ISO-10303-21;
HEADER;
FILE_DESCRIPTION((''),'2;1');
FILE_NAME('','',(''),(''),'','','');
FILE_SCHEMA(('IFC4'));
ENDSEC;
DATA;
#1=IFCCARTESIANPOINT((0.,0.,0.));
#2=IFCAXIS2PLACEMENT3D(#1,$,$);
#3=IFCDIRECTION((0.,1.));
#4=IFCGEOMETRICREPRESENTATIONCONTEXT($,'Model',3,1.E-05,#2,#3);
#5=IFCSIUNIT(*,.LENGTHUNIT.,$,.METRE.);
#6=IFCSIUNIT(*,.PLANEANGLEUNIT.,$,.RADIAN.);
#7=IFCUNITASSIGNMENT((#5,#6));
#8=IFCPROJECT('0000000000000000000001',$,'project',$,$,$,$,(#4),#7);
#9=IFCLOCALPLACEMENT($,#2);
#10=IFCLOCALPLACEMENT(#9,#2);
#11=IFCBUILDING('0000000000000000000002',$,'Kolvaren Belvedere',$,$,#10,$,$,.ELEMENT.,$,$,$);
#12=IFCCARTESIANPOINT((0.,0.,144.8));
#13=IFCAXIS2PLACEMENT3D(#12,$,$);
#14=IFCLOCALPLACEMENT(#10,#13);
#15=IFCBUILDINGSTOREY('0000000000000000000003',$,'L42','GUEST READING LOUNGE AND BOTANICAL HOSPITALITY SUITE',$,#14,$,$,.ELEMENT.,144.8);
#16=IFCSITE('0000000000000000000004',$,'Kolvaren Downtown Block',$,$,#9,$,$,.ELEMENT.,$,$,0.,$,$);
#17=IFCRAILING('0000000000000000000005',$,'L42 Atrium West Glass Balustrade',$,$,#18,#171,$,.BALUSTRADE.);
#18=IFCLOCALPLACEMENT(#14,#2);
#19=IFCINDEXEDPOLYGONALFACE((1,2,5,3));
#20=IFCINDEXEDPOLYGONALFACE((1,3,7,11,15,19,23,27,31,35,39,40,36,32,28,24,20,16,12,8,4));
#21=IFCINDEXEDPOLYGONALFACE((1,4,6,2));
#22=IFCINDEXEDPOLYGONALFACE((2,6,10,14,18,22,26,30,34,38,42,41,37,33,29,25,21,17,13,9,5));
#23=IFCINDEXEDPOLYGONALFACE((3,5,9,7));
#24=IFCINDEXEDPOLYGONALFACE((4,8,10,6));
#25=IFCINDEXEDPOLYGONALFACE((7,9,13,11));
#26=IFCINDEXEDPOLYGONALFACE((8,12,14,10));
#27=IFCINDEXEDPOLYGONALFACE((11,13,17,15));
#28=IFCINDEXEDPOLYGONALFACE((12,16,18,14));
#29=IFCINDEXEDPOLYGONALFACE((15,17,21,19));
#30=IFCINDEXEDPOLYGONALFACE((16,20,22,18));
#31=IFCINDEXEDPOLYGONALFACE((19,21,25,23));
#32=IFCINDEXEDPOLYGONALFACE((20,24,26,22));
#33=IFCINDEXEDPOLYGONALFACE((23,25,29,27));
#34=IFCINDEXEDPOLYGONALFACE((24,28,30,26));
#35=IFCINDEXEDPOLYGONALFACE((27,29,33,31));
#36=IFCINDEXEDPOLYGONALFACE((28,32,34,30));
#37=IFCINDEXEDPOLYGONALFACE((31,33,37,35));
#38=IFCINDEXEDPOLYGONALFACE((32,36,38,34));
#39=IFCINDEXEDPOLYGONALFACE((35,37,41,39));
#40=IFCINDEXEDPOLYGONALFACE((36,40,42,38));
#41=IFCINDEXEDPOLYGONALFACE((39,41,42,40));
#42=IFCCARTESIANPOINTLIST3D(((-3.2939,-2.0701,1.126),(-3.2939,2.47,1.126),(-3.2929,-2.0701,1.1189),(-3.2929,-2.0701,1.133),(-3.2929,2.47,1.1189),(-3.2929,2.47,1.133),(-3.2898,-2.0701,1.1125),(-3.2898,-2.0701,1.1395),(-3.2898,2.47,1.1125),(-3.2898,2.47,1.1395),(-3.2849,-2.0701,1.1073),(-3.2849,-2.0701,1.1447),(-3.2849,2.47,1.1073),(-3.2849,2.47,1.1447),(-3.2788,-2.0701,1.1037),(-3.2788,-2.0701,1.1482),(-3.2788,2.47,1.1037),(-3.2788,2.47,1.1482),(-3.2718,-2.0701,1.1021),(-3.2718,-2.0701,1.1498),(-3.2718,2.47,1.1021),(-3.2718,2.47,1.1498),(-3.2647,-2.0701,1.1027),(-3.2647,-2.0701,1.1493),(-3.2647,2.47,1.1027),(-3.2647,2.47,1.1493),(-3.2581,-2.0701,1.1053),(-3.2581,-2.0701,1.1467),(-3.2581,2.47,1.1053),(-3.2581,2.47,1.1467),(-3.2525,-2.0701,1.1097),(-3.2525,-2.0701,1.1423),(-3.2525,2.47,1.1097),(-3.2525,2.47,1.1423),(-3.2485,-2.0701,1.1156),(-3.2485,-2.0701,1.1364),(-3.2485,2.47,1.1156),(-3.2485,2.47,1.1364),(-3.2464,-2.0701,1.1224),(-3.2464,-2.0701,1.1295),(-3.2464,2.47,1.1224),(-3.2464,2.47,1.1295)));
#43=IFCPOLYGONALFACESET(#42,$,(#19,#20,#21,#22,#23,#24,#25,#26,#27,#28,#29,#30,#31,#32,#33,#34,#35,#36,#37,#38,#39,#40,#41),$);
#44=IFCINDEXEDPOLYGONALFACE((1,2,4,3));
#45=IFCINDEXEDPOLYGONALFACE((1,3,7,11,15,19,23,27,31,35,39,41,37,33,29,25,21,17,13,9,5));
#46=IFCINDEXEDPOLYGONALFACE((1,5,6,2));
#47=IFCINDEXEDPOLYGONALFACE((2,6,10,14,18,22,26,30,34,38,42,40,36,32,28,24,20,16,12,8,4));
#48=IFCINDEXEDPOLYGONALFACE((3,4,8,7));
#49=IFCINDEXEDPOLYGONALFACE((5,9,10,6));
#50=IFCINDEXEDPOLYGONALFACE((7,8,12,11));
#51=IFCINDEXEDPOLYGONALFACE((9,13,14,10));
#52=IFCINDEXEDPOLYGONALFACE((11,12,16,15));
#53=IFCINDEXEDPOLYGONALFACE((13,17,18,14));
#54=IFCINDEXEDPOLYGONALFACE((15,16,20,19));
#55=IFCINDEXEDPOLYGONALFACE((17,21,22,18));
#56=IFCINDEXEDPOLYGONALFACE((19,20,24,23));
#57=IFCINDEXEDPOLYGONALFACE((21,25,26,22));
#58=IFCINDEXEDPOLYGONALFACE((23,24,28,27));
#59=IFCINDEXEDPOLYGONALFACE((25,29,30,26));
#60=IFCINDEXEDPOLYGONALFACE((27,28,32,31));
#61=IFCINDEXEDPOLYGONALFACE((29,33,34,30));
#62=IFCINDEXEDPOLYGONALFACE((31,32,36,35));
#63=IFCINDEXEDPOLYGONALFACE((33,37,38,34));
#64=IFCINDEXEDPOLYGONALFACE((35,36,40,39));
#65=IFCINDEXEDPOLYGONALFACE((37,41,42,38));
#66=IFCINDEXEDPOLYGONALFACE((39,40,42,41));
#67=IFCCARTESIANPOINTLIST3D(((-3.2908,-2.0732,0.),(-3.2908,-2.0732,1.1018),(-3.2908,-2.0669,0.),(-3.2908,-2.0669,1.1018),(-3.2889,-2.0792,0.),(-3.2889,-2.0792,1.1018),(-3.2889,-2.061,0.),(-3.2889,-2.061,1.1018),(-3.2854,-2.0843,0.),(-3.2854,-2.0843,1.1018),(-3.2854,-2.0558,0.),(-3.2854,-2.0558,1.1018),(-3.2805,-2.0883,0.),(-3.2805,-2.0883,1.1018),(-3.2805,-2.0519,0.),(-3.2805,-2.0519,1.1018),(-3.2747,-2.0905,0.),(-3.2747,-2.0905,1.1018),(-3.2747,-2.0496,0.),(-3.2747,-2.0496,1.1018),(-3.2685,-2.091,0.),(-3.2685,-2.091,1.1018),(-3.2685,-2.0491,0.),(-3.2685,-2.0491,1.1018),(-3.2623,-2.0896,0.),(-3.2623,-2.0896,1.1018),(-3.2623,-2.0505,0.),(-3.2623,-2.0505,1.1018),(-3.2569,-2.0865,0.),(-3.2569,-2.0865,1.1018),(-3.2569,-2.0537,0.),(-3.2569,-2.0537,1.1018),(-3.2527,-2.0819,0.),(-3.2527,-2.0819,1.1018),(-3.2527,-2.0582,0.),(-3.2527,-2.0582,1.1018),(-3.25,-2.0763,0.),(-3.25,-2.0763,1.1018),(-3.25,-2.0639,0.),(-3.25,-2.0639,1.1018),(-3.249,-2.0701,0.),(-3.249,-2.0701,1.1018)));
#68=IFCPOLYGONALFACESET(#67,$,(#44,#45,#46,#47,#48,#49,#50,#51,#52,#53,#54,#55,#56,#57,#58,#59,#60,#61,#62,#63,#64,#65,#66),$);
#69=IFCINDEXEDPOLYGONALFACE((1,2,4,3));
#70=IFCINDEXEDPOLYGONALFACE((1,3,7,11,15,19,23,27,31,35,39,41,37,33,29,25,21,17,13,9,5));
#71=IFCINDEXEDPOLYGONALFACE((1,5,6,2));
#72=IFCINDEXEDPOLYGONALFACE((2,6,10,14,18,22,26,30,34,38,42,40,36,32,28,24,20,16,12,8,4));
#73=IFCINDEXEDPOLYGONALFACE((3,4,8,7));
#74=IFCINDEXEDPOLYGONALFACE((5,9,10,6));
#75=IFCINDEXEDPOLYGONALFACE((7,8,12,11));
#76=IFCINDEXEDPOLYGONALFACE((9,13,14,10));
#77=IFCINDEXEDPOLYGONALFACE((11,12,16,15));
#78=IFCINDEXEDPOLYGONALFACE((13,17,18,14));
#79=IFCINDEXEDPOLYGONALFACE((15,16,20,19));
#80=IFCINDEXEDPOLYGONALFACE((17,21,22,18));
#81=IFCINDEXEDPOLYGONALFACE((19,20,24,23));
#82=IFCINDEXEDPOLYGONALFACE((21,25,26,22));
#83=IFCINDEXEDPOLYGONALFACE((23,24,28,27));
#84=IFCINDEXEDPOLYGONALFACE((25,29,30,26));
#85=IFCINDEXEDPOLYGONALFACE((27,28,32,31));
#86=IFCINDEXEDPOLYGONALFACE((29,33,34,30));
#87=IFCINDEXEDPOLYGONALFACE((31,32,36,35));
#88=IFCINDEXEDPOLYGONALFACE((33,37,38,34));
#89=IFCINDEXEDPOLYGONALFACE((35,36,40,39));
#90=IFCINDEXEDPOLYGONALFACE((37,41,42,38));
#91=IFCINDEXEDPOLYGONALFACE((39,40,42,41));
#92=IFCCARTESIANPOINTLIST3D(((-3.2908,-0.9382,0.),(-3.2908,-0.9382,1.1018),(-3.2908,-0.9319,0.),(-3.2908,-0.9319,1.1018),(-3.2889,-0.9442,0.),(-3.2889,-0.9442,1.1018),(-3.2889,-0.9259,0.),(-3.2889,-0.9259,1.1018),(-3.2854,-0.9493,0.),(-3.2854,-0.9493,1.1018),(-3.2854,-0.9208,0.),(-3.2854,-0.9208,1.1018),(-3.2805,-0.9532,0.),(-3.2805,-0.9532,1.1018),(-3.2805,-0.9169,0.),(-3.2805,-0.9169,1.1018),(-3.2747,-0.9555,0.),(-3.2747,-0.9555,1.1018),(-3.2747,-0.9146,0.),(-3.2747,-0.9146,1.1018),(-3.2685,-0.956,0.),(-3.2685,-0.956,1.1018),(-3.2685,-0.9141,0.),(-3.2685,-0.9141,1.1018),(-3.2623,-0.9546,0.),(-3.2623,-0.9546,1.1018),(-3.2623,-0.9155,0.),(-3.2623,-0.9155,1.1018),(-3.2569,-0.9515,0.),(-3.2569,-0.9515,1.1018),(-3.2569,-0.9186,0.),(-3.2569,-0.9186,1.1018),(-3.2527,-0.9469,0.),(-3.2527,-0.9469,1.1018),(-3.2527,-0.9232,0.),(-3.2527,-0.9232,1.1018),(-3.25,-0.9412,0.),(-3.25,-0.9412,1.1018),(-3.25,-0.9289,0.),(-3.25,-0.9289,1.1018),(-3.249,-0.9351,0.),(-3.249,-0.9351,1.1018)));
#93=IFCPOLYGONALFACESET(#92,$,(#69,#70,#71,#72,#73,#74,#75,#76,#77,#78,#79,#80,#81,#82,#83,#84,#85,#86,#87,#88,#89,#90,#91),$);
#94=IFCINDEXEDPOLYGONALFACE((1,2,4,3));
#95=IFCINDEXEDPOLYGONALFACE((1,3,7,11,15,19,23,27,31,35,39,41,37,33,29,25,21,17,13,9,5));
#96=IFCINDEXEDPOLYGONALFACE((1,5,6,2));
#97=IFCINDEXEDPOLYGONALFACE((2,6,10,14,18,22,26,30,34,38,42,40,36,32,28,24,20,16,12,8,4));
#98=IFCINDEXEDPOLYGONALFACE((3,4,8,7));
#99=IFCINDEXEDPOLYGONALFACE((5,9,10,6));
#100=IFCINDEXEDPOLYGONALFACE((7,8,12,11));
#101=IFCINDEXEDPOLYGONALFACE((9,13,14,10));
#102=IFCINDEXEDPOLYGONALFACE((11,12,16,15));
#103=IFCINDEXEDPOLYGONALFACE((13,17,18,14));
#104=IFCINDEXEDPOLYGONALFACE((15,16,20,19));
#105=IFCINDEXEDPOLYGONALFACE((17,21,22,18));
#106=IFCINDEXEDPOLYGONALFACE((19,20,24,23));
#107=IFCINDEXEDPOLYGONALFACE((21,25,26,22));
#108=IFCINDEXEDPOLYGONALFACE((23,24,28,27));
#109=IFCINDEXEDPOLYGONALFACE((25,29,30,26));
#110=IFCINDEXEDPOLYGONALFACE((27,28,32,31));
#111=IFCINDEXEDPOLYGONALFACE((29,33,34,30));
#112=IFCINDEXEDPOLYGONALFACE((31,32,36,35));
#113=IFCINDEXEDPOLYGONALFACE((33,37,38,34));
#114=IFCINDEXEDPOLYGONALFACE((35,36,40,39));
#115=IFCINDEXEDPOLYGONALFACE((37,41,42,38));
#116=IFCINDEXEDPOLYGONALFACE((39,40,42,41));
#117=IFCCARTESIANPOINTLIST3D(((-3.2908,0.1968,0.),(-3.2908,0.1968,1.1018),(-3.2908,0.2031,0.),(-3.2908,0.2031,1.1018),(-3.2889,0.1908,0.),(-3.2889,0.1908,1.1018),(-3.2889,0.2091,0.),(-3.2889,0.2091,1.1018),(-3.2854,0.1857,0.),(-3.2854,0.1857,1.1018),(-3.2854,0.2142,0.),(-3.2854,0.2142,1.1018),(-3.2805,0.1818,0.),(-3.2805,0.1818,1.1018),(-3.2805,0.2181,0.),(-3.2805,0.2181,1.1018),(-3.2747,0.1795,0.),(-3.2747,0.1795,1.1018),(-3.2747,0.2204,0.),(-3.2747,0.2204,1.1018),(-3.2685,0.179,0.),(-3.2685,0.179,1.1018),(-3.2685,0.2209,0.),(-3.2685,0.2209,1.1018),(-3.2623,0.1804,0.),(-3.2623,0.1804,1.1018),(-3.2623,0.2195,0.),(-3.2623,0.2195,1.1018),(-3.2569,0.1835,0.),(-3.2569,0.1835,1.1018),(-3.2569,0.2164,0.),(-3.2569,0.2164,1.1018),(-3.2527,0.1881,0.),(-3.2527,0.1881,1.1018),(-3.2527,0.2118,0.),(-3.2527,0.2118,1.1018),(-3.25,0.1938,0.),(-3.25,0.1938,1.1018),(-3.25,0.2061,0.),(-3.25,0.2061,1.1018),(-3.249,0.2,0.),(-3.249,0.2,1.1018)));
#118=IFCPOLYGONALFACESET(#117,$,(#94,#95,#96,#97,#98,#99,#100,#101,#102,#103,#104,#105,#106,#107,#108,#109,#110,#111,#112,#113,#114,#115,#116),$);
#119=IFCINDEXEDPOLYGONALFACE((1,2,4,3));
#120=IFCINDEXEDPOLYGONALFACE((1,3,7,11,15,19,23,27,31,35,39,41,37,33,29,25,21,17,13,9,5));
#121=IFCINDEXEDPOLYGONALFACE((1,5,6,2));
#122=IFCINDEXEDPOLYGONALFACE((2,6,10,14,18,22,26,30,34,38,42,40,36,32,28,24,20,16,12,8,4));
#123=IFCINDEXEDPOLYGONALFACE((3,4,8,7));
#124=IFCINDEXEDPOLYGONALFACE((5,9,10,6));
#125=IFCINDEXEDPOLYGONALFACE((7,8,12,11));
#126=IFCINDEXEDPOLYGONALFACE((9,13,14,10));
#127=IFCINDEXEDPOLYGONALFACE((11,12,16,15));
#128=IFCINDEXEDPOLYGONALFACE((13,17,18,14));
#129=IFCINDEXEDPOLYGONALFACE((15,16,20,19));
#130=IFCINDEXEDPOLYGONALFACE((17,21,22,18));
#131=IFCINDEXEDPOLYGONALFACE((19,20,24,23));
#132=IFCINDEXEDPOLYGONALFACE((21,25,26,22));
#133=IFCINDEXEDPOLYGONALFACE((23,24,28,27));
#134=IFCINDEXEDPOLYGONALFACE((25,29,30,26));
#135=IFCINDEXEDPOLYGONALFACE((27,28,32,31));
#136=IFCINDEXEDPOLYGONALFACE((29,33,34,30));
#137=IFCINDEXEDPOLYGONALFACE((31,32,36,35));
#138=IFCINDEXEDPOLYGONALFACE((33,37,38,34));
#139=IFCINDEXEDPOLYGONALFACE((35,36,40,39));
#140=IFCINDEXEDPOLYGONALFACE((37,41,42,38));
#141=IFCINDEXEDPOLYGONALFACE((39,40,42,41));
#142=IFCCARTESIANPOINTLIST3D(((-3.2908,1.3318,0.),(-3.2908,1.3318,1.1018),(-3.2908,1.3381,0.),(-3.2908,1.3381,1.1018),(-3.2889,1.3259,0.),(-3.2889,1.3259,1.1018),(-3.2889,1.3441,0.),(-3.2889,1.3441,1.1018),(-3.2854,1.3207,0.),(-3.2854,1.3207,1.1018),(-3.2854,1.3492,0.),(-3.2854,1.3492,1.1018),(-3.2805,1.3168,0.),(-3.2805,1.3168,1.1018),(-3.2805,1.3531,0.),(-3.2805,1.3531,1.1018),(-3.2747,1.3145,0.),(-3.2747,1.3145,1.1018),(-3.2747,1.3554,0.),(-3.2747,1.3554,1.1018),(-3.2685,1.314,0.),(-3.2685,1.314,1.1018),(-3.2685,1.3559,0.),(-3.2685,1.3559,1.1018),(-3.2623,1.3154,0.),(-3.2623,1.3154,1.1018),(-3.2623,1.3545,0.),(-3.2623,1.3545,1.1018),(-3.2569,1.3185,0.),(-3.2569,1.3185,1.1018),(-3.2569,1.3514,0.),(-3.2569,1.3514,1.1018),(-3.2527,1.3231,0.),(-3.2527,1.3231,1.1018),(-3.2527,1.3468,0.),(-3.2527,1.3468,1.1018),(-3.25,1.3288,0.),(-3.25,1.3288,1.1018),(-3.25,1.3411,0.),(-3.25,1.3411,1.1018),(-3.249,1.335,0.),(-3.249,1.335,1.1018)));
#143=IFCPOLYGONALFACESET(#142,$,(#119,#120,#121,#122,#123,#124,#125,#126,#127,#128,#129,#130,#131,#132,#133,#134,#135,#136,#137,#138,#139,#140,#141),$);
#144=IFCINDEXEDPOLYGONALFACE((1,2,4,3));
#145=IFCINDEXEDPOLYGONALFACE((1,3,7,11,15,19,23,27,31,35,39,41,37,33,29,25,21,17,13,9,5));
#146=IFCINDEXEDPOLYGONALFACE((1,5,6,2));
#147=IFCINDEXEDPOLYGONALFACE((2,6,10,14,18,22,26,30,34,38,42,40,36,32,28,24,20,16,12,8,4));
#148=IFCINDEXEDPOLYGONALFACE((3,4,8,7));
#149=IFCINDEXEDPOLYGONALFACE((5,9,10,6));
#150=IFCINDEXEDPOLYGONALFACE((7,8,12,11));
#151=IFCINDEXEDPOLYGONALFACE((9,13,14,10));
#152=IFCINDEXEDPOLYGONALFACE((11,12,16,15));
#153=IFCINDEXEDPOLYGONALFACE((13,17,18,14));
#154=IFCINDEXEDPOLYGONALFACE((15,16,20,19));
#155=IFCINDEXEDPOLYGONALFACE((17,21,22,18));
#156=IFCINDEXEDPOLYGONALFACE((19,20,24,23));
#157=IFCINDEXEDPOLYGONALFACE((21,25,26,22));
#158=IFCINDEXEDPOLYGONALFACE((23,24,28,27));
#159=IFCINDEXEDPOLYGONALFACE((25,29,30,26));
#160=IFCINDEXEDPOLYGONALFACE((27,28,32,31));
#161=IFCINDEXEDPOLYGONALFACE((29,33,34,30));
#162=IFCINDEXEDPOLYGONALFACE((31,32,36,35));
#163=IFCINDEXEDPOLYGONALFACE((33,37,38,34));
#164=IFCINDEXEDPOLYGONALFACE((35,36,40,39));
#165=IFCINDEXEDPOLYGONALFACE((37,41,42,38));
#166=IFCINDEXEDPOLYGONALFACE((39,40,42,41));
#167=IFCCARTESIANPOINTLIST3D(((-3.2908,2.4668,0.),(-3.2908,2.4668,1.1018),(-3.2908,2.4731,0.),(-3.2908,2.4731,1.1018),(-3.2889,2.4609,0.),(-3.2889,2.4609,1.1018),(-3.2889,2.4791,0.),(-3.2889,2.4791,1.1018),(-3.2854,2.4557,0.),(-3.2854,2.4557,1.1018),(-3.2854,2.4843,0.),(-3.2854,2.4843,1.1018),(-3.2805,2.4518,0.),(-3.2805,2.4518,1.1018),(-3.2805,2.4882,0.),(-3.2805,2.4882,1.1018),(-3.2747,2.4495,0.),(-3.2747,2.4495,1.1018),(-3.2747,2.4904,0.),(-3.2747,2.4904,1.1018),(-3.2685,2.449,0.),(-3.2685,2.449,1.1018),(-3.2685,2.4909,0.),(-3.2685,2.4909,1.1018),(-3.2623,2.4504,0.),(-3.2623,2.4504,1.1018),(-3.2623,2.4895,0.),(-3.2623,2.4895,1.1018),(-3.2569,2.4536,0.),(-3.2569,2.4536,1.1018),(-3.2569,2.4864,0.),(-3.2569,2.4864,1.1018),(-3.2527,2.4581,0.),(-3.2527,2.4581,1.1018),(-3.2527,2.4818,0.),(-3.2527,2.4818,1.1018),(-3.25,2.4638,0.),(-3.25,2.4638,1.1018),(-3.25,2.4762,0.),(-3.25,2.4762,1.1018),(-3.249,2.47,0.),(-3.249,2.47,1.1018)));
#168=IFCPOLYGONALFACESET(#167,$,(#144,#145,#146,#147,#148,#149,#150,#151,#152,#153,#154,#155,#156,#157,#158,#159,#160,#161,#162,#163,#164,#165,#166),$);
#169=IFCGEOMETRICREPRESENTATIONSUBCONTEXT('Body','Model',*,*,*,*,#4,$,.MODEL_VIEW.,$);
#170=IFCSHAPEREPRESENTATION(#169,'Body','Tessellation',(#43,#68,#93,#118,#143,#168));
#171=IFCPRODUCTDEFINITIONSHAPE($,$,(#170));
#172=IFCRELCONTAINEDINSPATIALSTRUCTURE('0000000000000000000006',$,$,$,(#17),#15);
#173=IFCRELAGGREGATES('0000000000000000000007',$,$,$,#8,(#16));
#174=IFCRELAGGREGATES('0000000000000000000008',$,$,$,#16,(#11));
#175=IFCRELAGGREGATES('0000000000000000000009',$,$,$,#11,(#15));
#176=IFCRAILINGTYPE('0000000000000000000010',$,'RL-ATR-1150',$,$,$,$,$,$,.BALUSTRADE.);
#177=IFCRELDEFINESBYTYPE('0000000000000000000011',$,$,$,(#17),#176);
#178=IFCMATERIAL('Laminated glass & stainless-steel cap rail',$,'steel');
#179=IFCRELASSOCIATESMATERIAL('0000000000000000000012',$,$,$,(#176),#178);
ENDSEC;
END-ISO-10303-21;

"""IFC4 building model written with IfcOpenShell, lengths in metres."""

from ifc_helpers import new_model, si_unit, direction, frame, origin, origin_2d, place, context, subcontext, project, spatial, circle, extrude, material, type_object, element, save


model = new_model("IFC4")

# Units and contexts
model_context = context("Model", 3, precision=1e-05, world=origin(), true_north=direction((0.0, 1.0)))
body_context = subcontext(model_context, "Body", "Model", "MODEL_VIEW")
ifc_project = project(units=[si_unit("LENGTHUNIT", "METRE"), si_unit("PLANEANGLEUNIT", "RADIAN")], contexts=[model_context])

# Site, building, storey
site_placement = place(None, origin())
site = spatial("IfcSite", under=ifc_project, at=site_placement, Name="Kolvaren Downtown Block", CompositionType="ELEMENT", RefElevation=0.0)
building_placement = place(site_placement, origin())
building = spatial("IfcBuilding", under=site, at=building_placement, Name="Kolvaren Belvedere", CompositionType="ELEMENT")
storey_placement = place(building_placement, frame((0.0, 0.0, 144.8)))
storey = spatial("IfcBuildingStorey", under=building, at=storey_placement, Name="L42", Description="GUEST READING LOUNGE AND BOTANICAL HOSPITALITY SUITE", CompositionType="ELEMENT", Elevation=144.8)

# Railing
ifc_material_1 = material(Name="Laminated glass & stainless-steel cap rail", Category="steel")
railing_type_1 = type_object("IfcRailingType", Name="RL-ATR-1150", PredefinedType="BALUSTRADE", material=ifc_material_1)
railing_1_placement = place(storey_placement, frame((-3.27, -2.0701, 0.0)))
element("IfcRailing", 1, at=railing_1_placement, inside=storey, type_object=railing_type_1, Name="L42 Atrium West Glass Balustrade", PredefinedType="BALUSTRADE", context=body_context, shape_type="SweptSolid", body=[
    extrude(circle(Radius=0.0239, at=origin_2d()), frame((0.0, 0.0, 1.126), z_axis=(0.0, 1.0, 0.0), x_axis=(-1.0, 0.0, 0.0)), (0.0, 0.0, 1.0), 4.54),
    extrude(circle(Radius=0.021, at=origin_2d()), origin(), (0.0, 0.0, 1.0), 1.1018),
    extrude(circle(Radius=0.021, at=origin_2d()), frame((0.0, 1.135, 0.0)), (0.0, 0.0, 1.0), 1.1018),
    extrude(circle(Radius=0.021, at=origin_2d()), frame((0.0, 2.27, 0.0)), (0.0, 0.0, 1.0), 1.1018),
    extrude(circle(Radius=0.021, at=origin_2d()), frame((0.0, 3.405, 0.0)), (0.0, 0.0, 1.0), 1.1018),
    extrude(circle(Radius=0.021, at=origin_2d()), frame((0.0, 4.54, 0.0)), (0.0, 0.0, 1.0), 1.1018),
])

save(model, "model.ifc")
